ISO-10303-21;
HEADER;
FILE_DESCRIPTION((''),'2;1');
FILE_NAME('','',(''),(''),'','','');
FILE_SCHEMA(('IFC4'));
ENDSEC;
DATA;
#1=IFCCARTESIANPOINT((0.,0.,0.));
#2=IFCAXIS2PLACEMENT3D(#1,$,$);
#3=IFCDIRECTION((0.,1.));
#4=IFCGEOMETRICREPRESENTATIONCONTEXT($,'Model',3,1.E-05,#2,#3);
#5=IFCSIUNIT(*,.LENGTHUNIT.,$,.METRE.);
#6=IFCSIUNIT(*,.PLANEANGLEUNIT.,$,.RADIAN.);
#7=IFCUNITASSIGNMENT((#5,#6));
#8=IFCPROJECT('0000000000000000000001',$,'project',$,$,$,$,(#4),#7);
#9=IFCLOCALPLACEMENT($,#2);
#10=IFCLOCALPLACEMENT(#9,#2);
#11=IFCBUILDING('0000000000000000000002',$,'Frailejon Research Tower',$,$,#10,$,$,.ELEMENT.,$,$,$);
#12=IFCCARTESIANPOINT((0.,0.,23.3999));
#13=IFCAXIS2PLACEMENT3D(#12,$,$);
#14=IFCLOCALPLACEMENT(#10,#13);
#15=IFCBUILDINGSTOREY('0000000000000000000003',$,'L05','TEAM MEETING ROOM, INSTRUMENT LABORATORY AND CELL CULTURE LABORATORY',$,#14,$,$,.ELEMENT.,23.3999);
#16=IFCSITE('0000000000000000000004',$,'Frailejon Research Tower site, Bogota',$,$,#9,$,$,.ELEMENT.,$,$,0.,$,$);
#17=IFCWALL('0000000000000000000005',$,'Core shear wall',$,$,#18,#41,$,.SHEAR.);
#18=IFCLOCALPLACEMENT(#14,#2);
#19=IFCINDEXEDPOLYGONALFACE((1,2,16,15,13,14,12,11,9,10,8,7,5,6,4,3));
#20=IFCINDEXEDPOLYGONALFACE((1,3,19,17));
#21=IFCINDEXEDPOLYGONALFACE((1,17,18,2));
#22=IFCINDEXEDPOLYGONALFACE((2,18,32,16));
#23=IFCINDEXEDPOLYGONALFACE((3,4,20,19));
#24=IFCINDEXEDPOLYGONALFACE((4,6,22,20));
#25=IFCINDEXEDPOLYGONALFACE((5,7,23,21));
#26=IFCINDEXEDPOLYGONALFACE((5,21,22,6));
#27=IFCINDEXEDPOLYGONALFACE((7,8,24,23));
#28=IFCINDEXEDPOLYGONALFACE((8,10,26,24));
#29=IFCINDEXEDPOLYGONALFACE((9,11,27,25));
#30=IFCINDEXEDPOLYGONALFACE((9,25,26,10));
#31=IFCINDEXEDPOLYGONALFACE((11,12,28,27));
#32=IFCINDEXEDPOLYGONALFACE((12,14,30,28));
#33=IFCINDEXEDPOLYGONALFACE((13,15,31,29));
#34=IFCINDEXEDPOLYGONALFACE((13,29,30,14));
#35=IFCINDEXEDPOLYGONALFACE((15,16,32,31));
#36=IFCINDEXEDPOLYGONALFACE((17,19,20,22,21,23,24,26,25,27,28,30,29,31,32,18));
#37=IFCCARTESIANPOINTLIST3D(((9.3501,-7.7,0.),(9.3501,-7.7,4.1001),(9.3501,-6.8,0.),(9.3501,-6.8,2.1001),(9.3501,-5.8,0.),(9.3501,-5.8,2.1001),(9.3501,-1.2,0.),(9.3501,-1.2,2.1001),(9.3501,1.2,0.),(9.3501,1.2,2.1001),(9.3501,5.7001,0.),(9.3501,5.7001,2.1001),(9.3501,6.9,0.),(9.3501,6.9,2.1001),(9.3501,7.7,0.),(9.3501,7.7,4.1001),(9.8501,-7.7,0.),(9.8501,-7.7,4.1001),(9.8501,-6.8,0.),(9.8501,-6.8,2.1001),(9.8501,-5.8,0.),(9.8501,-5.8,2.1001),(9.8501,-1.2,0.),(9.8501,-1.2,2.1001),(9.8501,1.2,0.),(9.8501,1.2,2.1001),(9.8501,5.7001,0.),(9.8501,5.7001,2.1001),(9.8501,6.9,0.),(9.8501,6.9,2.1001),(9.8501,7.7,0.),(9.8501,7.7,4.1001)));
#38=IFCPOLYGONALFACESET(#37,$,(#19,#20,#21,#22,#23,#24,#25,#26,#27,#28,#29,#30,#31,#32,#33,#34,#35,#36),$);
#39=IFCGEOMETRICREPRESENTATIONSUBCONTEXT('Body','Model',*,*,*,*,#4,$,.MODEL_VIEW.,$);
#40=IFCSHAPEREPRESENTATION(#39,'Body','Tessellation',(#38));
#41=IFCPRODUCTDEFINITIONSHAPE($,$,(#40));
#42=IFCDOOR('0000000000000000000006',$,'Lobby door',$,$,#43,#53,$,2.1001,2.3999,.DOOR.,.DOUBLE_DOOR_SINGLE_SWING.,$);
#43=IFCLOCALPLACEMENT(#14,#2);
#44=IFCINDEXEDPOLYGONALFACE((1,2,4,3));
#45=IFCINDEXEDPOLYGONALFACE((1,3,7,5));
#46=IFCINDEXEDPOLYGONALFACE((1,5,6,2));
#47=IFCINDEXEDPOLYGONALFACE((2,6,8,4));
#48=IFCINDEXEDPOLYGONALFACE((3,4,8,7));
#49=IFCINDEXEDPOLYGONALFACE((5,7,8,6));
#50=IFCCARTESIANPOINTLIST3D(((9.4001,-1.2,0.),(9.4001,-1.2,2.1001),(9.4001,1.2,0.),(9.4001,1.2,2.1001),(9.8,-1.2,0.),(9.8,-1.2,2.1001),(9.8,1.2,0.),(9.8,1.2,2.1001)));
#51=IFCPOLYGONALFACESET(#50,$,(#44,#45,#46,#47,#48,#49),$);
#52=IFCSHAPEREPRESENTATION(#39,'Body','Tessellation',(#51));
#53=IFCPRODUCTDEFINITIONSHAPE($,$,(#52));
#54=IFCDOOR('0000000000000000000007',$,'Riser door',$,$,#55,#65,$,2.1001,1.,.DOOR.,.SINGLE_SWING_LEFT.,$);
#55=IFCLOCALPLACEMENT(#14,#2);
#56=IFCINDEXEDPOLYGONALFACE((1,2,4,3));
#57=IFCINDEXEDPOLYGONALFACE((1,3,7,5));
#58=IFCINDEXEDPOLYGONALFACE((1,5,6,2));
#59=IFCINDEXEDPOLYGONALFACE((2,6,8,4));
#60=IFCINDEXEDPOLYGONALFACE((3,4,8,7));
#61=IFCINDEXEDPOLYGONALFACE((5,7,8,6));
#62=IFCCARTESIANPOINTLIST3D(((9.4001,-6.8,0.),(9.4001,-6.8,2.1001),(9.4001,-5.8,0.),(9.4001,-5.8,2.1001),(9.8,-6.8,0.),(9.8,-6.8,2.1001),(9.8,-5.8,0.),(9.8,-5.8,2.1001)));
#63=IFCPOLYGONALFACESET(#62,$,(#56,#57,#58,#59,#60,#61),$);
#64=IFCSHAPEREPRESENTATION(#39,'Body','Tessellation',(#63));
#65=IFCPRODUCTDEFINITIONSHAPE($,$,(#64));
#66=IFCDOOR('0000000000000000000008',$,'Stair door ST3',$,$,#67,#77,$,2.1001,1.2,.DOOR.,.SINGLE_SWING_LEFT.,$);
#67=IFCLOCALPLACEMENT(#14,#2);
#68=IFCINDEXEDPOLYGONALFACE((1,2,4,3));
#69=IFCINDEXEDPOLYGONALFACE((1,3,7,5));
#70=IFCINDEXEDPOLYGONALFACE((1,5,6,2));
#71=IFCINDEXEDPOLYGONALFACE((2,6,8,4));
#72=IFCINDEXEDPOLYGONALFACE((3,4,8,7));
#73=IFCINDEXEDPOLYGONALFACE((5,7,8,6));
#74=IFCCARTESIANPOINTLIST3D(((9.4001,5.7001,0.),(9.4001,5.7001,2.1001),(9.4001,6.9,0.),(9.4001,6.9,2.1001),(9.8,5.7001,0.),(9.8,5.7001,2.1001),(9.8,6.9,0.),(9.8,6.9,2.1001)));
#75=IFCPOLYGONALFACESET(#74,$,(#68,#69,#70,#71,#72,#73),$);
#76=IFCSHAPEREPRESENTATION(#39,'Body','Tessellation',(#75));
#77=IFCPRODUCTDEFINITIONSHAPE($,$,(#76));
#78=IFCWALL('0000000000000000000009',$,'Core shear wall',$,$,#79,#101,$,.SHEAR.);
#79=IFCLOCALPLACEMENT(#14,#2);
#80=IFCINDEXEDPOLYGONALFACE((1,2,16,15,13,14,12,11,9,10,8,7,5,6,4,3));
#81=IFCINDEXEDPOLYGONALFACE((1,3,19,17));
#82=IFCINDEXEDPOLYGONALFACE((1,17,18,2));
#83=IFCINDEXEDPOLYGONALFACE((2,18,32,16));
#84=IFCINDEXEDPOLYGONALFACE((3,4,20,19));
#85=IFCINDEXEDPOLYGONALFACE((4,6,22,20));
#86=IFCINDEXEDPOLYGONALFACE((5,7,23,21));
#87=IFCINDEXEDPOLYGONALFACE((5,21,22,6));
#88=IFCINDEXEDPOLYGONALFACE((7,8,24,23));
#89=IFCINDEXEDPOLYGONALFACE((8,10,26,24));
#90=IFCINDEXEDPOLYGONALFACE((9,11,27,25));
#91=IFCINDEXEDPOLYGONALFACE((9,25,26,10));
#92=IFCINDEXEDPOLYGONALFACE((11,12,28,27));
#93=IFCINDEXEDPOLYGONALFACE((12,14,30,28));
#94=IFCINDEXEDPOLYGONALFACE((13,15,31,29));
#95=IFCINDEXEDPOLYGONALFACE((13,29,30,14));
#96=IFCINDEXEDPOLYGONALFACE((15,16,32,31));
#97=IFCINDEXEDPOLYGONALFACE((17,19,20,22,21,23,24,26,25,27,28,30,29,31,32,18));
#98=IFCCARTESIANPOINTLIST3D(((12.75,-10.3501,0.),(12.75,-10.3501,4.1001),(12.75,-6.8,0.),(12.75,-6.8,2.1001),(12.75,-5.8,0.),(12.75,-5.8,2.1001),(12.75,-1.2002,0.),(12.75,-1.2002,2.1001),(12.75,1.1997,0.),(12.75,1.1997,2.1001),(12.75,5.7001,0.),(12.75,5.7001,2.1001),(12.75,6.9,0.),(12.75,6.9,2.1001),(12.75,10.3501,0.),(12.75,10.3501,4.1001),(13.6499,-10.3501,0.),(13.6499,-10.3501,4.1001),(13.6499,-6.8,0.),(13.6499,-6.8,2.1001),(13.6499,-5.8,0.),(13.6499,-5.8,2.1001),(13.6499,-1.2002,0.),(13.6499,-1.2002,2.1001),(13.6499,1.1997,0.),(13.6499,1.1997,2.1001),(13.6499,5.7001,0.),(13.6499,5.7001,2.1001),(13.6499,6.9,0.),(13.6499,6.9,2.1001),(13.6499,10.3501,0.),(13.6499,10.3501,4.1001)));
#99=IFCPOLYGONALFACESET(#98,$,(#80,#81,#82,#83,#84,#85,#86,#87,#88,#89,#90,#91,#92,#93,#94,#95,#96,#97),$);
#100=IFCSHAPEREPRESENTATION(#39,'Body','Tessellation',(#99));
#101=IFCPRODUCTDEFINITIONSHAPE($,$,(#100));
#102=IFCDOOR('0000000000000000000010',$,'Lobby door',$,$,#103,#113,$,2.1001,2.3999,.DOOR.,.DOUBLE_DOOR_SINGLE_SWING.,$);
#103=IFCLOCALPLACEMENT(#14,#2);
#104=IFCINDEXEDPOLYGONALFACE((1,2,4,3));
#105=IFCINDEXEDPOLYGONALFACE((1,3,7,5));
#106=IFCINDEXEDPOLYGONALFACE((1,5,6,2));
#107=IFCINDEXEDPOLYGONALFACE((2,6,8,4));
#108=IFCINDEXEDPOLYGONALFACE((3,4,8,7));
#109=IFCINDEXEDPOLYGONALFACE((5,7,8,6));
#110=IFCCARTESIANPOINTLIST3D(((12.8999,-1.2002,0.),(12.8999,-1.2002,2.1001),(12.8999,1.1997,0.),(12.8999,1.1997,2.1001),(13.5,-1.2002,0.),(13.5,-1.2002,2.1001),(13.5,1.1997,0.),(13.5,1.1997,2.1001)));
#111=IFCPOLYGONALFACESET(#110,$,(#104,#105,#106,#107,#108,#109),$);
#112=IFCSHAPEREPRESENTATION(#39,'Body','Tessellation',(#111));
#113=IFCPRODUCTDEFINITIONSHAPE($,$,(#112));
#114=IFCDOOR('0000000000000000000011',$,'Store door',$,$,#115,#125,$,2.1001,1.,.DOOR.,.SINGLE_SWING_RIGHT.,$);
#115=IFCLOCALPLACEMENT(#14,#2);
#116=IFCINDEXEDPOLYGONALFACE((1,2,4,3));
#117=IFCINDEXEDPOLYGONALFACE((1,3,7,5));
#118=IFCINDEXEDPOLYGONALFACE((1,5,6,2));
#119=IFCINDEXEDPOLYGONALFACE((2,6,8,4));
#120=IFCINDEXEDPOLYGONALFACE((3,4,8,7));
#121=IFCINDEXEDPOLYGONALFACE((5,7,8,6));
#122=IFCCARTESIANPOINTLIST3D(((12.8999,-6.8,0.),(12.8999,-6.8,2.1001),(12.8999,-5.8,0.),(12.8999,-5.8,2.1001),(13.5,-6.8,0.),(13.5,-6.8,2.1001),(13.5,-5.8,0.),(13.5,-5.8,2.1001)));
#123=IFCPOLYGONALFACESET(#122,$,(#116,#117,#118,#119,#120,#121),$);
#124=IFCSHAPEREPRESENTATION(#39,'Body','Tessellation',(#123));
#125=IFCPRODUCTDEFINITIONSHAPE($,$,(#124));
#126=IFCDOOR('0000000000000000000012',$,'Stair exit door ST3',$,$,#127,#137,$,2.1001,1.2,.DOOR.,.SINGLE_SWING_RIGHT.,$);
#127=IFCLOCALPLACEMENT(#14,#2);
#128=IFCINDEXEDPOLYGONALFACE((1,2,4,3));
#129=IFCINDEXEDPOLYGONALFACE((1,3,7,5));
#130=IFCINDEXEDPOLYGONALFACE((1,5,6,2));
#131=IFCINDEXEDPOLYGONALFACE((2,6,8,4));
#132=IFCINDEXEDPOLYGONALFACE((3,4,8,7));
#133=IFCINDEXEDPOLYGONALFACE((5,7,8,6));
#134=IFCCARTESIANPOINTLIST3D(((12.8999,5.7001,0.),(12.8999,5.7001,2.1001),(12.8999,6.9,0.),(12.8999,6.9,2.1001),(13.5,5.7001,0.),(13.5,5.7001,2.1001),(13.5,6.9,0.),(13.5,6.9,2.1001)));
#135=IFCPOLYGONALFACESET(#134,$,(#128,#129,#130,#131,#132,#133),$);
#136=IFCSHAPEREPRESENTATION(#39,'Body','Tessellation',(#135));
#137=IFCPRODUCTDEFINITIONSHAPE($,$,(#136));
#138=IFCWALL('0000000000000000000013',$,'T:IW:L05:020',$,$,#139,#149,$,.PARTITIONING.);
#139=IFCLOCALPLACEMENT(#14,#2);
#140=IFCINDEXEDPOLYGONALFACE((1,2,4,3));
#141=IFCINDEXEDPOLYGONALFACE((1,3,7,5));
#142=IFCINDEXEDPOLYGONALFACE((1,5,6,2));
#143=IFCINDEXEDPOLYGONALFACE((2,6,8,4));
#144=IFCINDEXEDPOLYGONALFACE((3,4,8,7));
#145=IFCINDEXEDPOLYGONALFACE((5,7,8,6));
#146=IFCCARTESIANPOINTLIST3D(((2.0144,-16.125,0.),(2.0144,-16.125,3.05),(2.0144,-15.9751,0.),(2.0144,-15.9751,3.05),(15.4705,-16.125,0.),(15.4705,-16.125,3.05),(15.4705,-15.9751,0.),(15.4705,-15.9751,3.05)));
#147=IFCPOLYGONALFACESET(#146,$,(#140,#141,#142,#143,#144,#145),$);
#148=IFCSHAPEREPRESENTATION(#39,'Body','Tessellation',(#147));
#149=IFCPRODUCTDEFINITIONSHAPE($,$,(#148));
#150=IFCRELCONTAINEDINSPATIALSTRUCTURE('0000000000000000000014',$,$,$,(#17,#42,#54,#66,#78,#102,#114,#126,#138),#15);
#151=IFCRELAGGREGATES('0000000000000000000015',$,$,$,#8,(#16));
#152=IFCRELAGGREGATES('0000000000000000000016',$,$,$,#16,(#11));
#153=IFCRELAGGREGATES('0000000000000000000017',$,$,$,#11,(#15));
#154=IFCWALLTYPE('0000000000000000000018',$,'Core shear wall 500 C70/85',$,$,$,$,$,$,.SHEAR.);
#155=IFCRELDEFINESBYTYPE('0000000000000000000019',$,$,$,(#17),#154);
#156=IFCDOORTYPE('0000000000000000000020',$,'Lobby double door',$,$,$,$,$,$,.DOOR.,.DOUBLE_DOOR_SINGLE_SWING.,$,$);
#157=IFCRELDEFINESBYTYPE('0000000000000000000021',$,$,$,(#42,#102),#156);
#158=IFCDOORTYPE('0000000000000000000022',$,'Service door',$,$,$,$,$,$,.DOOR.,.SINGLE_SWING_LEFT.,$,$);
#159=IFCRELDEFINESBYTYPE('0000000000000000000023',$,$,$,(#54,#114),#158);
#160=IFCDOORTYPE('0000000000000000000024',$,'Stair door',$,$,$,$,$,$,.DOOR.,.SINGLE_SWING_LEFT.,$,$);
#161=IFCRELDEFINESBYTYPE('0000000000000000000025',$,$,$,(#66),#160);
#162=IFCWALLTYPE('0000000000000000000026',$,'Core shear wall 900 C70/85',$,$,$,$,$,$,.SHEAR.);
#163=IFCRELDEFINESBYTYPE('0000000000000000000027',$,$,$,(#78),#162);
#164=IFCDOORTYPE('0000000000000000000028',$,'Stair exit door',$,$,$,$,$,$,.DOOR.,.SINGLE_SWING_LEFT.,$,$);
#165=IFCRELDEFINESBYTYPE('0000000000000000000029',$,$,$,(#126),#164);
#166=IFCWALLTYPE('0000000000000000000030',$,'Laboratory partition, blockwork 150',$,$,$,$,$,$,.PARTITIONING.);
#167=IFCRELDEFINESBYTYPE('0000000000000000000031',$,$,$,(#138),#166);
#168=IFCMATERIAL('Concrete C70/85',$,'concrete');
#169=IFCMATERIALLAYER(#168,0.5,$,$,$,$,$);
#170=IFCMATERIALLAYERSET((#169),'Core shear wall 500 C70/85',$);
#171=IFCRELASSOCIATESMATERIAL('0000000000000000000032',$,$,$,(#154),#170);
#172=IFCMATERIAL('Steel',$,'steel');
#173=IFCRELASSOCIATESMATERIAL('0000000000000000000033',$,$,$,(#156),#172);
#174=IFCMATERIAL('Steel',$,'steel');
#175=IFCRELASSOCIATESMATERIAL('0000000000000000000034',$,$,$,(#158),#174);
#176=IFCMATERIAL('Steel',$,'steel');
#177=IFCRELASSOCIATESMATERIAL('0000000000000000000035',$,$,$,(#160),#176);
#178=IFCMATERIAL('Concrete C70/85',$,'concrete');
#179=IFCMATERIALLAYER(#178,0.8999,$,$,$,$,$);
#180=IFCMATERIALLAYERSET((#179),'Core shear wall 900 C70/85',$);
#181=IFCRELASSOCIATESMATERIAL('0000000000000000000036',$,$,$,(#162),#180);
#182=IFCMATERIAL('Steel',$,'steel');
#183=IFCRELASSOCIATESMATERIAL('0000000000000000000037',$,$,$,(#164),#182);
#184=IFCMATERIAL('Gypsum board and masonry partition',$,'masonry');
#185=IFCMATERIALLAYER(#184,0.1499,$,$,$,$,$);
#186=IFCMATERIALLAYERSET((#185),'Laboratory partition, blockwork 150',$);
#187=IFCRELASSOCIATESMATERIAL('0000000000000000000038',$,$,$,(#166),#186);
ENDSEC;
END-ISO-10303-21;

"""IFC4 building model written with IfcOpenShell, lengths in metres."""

from ifc_helpers import new_model, si_unit, direction, frame, frame_2d, origin, place, context, subcontext, project, spatial, rectangle, extrude, material, layer, layer_set, type_object, element, fill, save


model = new_model("IFC4")

# Units and contexts
model_context = context("Model", 3, precision=1e-05, world=origin(), true_north=direction((0.0, 1.0)))
body_context = subcontext(model_context, "Body", "Model", "MODEL_VIEW")
ifc_project = project(units=[si_unit("LENGTHUNIT", "METRE"), si_unit("PLANEANGLEUNIT", "RADIAN")], contexts=[model_context])

# Site, building, storey
site_placement = place(None, origin())
site = spatial("IfcSite", under=ifc_project, at=site_placement, Name="Frailejon Research Tower site, Bogota", CompositionType="ELEMENT", RefElevation=0.0)
building_placement = place(site_placement, origin())
building = spatial("IfcBuilding", under=site, at=building_placement, Name="Frailejon Research Tower", CompositionType="ELEMENT")
storey_placement = place(building_placement, frame((0.0, 0.0, 23.3999)))
storey = spatial("IfcBuildingStorey", under=building, at=storey_placement, Name="L05", Description="TEAM MEETING ROOM, INSTRUMENT LABORATORY AND CELL CULTURE LABORATORY", CompositionType="ELEMENT", Elevation=23.3999)

# Walls, openings, doors
ifc_material_1 = material(Name="Concrete C70/85", Category="concrete")
ifc_layer_1 = layer(ifc_material_1, 0.5)
ifc_layer_set_1 = layer_set([ifc_layer_1], Name="Core shear wall 500 C70/85")
wall_type_1 = type_object("IfcWallType", Name="Core shear wall 500 C70/85", PredefinedType="SHEAR", material=ifc_layer_set_1)
wall_1_placement = place(storey_placement, frame((9.6001, -7.7, 0.0), z_axis=(0.0, 0.0, 1.0), x_axis=(0.0, 1.0, 0.0)))
wall_1 = element("IfcWall", 1, at=wall_1_placement, inside=storey, type_object=wall_type_1, Name="Core shear wall", PredefinedType="SHEAR", context=body_context, shape_type="SweptSolid", body=[
    extrude(rectangle(XDim=15.3999, YDim=0.5, at=frame_2d((7.7, 0.0))), origin(), (0.0, 0.0, 1.0), 4.1001),
])
opening_1_placement = place(wall_1_placement, frame((6.5, 0.0, 0.0)))
opening_1 = element("IfcOpeningElement", 2, at=opening_1_placement, cuts=wall_1, PredefinedType="OPENING", context=body_context, shape_type="SweptSolid", body=[
    extrude(rectangle(XDim=2.3999, YDim=2.1001, at=frame_2d((1.2, 1.05))), frame((0.0, 0.26, 0.0), z_axis=(0.0, -1.0, 0.0), x_axis=(1.0, 0.0, 0.0)), (0.0, 0.0, 1.0), 0.52),
])
opening_2_placement = place(wall_1_placement, frame((13.3999, 0.0, 0.0)))
opening_2 = element("IfcOpeningElement", 3, at=opening_2_placement, cuts=wall_1, PredefinedType="OPENING", context=body_context, shape_type="SweptSolid", body=[
    extrude(rectangle(XDim=1.2, YDim=2.1001, at=frame_2d((0.6001, 1.05))), frame((0.0, 0.26, 0.0), z_axis=(0.0, -1.0, 0.0), x_axis=(1.0, 0.0, 0.0)), (0.0, 0.0, 1.0), 0.52),
])
opening_3_placement = place(wall_1_placement, frame((0.8999, 0.0, 0.0)))
opening_3 = element("IfcOpeningElement", 4, at=opening_3_placement, cuts=wall_1, PredefinedType="OPENING", context=body_context, shape_type="SweptSolid", body=[
    extrude(rectangle(XDim=1.0, YDim=2.1001, at=frame_2d((0.5, 1.05))), frame((0.0, 0.26, 0.0), z_axis=(0.0, -1.0, 0.0), x_axis=(1.0, 0.0, 0.0)), (0.0, 0.0, 1.0), 0.52),
])
ifc_material_2 = material(Name="Steel", Category="steel")
door_type_1 = type_object("IfcDoorType", Name="Lobby double door", OperationType="DOUBLE_DOOR_SINGLE_SWING", PredefinedType="DOOR", material=ifc_material_2)
door_1_placement = place(opening_1_placement, origin())
door_1 = element("IfcDoor", 5, at=door_1_placement, inside=storey, type_object=door_type_1, Name="Lobby door", OperationType="DOUBLE_DOOR_SINGLE_SWING", OverallHeight=2.1001, OverallWidth=2.3999, PredefinedType="DOOR", context=body_context, shape_type="SweptSolid", body=[
    extrude(rectangle(XDim=2.3999, YDim=2.1001, at=frame_2d((1.2, 1.05))), frame((0.0, 0.2, 0.0), z_axis=(0.0, -1.0, 0.0), x_axis=(1.0, 0.0, 0.0)), (0.0, 0.0, 1.0), 0.3999),
])
fill(opening_1, door_1)
ifc_material_3 = material(Name="Steel", Category="steel")
door_type_2 = type_object("IfcDoorType", Name="Service door", OperationType="SINGLE_SWING_LEFT", PredefinedType="DOOR", material=ifc_material_3)
door_2_placement = place(opening_3_placement, origin())
door_2 = element("IfcDoor", 6, at=door_2_placement, inside=storey, type_object=door_type_2, Name="Riser door", OperationType="SINGLE_SWING_LEFT", OverallHeight=2.1001, OverallWidth=1.0, PredefinedType="DOOR", context=body_context, shape_type="SweptSolid", body=[
    extrude(rectangle(XDim=1.0, YDim=2.1001, at=frame_2d((0.5, 1.05))), frame((0.0, 0.2, 0.0), z_axis=(0.0, -1.0, 0.0), x_axis=(1.0, 0.0, 0.0)), (0.0, 0.0, 1.0), 0.3999),
])
fill(opening_3, door_2)
ifc_material_4 = material(Name="Steel", Category="steel")
door_type_3 = type_object("IfcDoorType", Name="Stair door", OperationType="SINGLE_SWING_LEFT", PredefinedType="DOOR", material=ifc_material_4)
door_3_placement = place(opening_2_placement, origin())
door_3 = element("IfcDoor", 7, at=door_3_placement, inside=storey, type_object=door_type_3, Name="Stair door ST3", OperationType="SINGLE_SWING_LEFT", OverallHeight=2.1001, OverallWidth=1.2, PredefinedType="DOOR", context=body_context, shape_type="SweptSolid", body=[
    extrude(rectangle(XDim=1.2, YDim=2.1001, at=frame_2d((0.6001, 1.05))), frame((0.0, 0.2, 0.0), z_axis=(0.0, -1.0, 0.0), x_axis=(1.0, 0.0, 0.0)), (0.0, 0.0, 1.0), 0.3999),
])
fill(opening_2, door_3)
ifc_material_5 = material(Name="Concrete C70/85", Category="concrete")
ifc_layer_2 = layer(ifc_material_5, 0.8999)
ifc_layer_set_2 = layer_set([ifc_layer_2], Name="Core shear wall 900 C70/85")
wall_type_2 = type_object("IfcWallType", Name="Core shear wall 900 C70/85", PredefinedType="SHEAR", material=ifc_layer_set_2)
wall_2_placement = place(storey_placement, frame((13.2, -10.3501, 0.0), z_axis=(0.0, 0.0, 1.0), x_axis=(0.0, 1.0, 0.0)))
wall_2 = element("IfcWall", 8, at=wall_2_placement, inside=storey, type_object=wall_type_2, Name="Core shear wall", PredefinedType="SHEAR", context=body_context, shape_type="SweptSolid", body=[
    extrude(rectangle(XDim=20.7002, YDim=0.8999, at=frame_2d((10.3501, 0.0))), origin(), (0.0, 0.0, 1.0), 4.1001),
])
opening_4_placement = place(wall_2_placement, frame((9.1499, 0.0, 0.0)))
opening_4 = element("IfcOpeningElement", 9, at=opening_4_placement, cuts=wall_2, PredefinedType="OPENING", context=body_context, shape_type="SweptSolid", body=[
    extrude(rectangle(XDim=2.3999, YDim=2.1001, at=frame_2d((1.2, 1.05))), frame((0.0, 0.46, 0.0), z_axis=(0.0, -1.0, 0.0), x_axis=(1.0, 0.0, 0.0)), (0.0, 0.0, 1.0), 0.9199),
])
opening_5_placement = place(wall_2_placement, frame((16.05, 0.0, 0.0)))
opening_5 = element("IfcOpeningElement", 10, at=opening_5_placement, cuts=wall_2, PredefinedType="OPENING", context=body_context, shape_type="SweptSolid", body=[
    extrude(rectangle(XDim=1.2, YDim=2.1001, at=frame_2d((0.6001, 1.05))), frame((0.0, 0.46, 0.0), z_axis=(0.0, -1.0, 0.0), x_axis=(1.0, 0.0, 0.0)), (0.0, 0.0, 1.0), 0.9199),
])
opening_6_placement = place(wall_2_placement, frame((3.55, 0.0, 0.0)))
opening_6 = element("IfcOpeningElement", 11, at=opening_6_placement, cuts=wall_2, PredefinedType="OPENING", context=body_context, shape_type="SweptSolid", body=[
    extrude(rectangle(XDim=1.0, YDim=2.1001, at=frame_2d((0.5, 1.05))), frame((0.0, 0.46, 0.0), z_axis=(0.0, -1.0, 0.0), x_axis=(1.0, 0.0, 0.0)), (0.0, 0.0, 1.0), 0.9199),
])
door_4_placement = place(opening_4_placement, origin())
door_4 = element("IfcDoor", 12, at=door_4_placement, inside=storey, type_object=door_type_1, Name="Lobby door", OperationType="DOUBLE_DOOR_SINGLE_SWING", OverallHeight=2.1001, OverallWidth=2.3999, PredefinedType="DOOR", context=body_context, shape_type="SweptSolid", body=[
    extrude(rectangle(XDim=2.3999, YDim=2.1001, at=frame_2d((1.2, 1.05))), frame((0.0, 0.3, 0.0), z_axis=(0.0, -1.0, 0.0), x_axis=(1.0, 0.0, 0.0)), (0.0, 0.0, 1.0), 0.6001),
])
fill(opening_4, door_4)
door_5_placement = place(opening_6_placement, origin())
door_5 = element("IfcDoor", 13, at=door_5_placement, inside=storey, type_object=door_type_2, Name="Store door", OperationType="SINGLE_SWING_RIGHT", OverallHeight=2.1001, OverallWidth=1.0, PredefinedType="DOOR", context=body_context, shape_type="SweptSolid", body=[
    extrude(rectangle(XDim=1.0, YDim=2.1001, at=frame_2d((0.5, 1.05))), frame((0.0, 0.3, 0.0), z_axis=(0.0, -1.0, 0.0), x_axis=(1.0, 0.0, 0.0)), (0.0, 0.0, 1.0), 0.6001),
])
fill(opening_6, door_5)
ifc_material_6 = material(Name="Steel", Category="steel")
door_type_4 = type_object("IfcDoorType", Name="Stair exit door", OperationType="SINGLE_SWING_LEFT", PredefinedType="DOOR", material=ifc_material_6)
door_6_placement = place(opening_5_placement, origin())
door_6 = element("IfcDoor", 14, at=door_6_placement, inside=storey, type_object=door_type_4, Name="Stair exit door ST3", OperationType="SINGLE_SWING_RIGHT", OverallHeight=2.1001, OverallWidth=1.2, PredefinedType="DOOR", context=body_context, shape_type="SweptSolid", body=[
    extrude(rectangle(XDim=1.2, YDim=2.1001, at=frame_2d((0.6001, 1.05))), frame((0.0, 0.3, 0.0), z_axis=(0.0, -1.0, 0.0), x_axis=(1.0, 0.0, 0.0)), (0.0, 0.0, 1.0), 0.6001),
])
fill(opening_5, door_6)

# Wall
ifc_material_7 = material(Name="Gypsum board and masonry partition", Category="masonry")
ifc_layer_3 = layer(ifc_material_7, 0.1499)
ifc_layer_set_3 = layer_set([ifc_layer_3], Name="Laboratory partition, blockwork 150")
wall_type_3 = type_object("IfcWallType", Name="Laboratory partition, blockwork 150", PredefinedType="PARTITIONING", material=ifc_layer_set_3)
wall_3_placement = place(storey_placement, frame((2.0144, -16.05, 0.0), z_axis=(0.0, 0.0, 1.0), x_axis=(1.0, 0.0, 0.0)))
element("IfcWall", 15, at=wall_3_placement, inside=storey, type_object=wall_type_3, Name="T:IW:L05:020", PredefinedType="PARTITIONING", context=body_context, shape_type="SweptSolid", body=[
    extrude(rectangle(XDim=13.4561, YDim=0.1499, at=frame_2d((6.728, 0.0))), origin(), (0.0, 0.0, 1.0), 3.05),
])

save(model, "model.ifc")
